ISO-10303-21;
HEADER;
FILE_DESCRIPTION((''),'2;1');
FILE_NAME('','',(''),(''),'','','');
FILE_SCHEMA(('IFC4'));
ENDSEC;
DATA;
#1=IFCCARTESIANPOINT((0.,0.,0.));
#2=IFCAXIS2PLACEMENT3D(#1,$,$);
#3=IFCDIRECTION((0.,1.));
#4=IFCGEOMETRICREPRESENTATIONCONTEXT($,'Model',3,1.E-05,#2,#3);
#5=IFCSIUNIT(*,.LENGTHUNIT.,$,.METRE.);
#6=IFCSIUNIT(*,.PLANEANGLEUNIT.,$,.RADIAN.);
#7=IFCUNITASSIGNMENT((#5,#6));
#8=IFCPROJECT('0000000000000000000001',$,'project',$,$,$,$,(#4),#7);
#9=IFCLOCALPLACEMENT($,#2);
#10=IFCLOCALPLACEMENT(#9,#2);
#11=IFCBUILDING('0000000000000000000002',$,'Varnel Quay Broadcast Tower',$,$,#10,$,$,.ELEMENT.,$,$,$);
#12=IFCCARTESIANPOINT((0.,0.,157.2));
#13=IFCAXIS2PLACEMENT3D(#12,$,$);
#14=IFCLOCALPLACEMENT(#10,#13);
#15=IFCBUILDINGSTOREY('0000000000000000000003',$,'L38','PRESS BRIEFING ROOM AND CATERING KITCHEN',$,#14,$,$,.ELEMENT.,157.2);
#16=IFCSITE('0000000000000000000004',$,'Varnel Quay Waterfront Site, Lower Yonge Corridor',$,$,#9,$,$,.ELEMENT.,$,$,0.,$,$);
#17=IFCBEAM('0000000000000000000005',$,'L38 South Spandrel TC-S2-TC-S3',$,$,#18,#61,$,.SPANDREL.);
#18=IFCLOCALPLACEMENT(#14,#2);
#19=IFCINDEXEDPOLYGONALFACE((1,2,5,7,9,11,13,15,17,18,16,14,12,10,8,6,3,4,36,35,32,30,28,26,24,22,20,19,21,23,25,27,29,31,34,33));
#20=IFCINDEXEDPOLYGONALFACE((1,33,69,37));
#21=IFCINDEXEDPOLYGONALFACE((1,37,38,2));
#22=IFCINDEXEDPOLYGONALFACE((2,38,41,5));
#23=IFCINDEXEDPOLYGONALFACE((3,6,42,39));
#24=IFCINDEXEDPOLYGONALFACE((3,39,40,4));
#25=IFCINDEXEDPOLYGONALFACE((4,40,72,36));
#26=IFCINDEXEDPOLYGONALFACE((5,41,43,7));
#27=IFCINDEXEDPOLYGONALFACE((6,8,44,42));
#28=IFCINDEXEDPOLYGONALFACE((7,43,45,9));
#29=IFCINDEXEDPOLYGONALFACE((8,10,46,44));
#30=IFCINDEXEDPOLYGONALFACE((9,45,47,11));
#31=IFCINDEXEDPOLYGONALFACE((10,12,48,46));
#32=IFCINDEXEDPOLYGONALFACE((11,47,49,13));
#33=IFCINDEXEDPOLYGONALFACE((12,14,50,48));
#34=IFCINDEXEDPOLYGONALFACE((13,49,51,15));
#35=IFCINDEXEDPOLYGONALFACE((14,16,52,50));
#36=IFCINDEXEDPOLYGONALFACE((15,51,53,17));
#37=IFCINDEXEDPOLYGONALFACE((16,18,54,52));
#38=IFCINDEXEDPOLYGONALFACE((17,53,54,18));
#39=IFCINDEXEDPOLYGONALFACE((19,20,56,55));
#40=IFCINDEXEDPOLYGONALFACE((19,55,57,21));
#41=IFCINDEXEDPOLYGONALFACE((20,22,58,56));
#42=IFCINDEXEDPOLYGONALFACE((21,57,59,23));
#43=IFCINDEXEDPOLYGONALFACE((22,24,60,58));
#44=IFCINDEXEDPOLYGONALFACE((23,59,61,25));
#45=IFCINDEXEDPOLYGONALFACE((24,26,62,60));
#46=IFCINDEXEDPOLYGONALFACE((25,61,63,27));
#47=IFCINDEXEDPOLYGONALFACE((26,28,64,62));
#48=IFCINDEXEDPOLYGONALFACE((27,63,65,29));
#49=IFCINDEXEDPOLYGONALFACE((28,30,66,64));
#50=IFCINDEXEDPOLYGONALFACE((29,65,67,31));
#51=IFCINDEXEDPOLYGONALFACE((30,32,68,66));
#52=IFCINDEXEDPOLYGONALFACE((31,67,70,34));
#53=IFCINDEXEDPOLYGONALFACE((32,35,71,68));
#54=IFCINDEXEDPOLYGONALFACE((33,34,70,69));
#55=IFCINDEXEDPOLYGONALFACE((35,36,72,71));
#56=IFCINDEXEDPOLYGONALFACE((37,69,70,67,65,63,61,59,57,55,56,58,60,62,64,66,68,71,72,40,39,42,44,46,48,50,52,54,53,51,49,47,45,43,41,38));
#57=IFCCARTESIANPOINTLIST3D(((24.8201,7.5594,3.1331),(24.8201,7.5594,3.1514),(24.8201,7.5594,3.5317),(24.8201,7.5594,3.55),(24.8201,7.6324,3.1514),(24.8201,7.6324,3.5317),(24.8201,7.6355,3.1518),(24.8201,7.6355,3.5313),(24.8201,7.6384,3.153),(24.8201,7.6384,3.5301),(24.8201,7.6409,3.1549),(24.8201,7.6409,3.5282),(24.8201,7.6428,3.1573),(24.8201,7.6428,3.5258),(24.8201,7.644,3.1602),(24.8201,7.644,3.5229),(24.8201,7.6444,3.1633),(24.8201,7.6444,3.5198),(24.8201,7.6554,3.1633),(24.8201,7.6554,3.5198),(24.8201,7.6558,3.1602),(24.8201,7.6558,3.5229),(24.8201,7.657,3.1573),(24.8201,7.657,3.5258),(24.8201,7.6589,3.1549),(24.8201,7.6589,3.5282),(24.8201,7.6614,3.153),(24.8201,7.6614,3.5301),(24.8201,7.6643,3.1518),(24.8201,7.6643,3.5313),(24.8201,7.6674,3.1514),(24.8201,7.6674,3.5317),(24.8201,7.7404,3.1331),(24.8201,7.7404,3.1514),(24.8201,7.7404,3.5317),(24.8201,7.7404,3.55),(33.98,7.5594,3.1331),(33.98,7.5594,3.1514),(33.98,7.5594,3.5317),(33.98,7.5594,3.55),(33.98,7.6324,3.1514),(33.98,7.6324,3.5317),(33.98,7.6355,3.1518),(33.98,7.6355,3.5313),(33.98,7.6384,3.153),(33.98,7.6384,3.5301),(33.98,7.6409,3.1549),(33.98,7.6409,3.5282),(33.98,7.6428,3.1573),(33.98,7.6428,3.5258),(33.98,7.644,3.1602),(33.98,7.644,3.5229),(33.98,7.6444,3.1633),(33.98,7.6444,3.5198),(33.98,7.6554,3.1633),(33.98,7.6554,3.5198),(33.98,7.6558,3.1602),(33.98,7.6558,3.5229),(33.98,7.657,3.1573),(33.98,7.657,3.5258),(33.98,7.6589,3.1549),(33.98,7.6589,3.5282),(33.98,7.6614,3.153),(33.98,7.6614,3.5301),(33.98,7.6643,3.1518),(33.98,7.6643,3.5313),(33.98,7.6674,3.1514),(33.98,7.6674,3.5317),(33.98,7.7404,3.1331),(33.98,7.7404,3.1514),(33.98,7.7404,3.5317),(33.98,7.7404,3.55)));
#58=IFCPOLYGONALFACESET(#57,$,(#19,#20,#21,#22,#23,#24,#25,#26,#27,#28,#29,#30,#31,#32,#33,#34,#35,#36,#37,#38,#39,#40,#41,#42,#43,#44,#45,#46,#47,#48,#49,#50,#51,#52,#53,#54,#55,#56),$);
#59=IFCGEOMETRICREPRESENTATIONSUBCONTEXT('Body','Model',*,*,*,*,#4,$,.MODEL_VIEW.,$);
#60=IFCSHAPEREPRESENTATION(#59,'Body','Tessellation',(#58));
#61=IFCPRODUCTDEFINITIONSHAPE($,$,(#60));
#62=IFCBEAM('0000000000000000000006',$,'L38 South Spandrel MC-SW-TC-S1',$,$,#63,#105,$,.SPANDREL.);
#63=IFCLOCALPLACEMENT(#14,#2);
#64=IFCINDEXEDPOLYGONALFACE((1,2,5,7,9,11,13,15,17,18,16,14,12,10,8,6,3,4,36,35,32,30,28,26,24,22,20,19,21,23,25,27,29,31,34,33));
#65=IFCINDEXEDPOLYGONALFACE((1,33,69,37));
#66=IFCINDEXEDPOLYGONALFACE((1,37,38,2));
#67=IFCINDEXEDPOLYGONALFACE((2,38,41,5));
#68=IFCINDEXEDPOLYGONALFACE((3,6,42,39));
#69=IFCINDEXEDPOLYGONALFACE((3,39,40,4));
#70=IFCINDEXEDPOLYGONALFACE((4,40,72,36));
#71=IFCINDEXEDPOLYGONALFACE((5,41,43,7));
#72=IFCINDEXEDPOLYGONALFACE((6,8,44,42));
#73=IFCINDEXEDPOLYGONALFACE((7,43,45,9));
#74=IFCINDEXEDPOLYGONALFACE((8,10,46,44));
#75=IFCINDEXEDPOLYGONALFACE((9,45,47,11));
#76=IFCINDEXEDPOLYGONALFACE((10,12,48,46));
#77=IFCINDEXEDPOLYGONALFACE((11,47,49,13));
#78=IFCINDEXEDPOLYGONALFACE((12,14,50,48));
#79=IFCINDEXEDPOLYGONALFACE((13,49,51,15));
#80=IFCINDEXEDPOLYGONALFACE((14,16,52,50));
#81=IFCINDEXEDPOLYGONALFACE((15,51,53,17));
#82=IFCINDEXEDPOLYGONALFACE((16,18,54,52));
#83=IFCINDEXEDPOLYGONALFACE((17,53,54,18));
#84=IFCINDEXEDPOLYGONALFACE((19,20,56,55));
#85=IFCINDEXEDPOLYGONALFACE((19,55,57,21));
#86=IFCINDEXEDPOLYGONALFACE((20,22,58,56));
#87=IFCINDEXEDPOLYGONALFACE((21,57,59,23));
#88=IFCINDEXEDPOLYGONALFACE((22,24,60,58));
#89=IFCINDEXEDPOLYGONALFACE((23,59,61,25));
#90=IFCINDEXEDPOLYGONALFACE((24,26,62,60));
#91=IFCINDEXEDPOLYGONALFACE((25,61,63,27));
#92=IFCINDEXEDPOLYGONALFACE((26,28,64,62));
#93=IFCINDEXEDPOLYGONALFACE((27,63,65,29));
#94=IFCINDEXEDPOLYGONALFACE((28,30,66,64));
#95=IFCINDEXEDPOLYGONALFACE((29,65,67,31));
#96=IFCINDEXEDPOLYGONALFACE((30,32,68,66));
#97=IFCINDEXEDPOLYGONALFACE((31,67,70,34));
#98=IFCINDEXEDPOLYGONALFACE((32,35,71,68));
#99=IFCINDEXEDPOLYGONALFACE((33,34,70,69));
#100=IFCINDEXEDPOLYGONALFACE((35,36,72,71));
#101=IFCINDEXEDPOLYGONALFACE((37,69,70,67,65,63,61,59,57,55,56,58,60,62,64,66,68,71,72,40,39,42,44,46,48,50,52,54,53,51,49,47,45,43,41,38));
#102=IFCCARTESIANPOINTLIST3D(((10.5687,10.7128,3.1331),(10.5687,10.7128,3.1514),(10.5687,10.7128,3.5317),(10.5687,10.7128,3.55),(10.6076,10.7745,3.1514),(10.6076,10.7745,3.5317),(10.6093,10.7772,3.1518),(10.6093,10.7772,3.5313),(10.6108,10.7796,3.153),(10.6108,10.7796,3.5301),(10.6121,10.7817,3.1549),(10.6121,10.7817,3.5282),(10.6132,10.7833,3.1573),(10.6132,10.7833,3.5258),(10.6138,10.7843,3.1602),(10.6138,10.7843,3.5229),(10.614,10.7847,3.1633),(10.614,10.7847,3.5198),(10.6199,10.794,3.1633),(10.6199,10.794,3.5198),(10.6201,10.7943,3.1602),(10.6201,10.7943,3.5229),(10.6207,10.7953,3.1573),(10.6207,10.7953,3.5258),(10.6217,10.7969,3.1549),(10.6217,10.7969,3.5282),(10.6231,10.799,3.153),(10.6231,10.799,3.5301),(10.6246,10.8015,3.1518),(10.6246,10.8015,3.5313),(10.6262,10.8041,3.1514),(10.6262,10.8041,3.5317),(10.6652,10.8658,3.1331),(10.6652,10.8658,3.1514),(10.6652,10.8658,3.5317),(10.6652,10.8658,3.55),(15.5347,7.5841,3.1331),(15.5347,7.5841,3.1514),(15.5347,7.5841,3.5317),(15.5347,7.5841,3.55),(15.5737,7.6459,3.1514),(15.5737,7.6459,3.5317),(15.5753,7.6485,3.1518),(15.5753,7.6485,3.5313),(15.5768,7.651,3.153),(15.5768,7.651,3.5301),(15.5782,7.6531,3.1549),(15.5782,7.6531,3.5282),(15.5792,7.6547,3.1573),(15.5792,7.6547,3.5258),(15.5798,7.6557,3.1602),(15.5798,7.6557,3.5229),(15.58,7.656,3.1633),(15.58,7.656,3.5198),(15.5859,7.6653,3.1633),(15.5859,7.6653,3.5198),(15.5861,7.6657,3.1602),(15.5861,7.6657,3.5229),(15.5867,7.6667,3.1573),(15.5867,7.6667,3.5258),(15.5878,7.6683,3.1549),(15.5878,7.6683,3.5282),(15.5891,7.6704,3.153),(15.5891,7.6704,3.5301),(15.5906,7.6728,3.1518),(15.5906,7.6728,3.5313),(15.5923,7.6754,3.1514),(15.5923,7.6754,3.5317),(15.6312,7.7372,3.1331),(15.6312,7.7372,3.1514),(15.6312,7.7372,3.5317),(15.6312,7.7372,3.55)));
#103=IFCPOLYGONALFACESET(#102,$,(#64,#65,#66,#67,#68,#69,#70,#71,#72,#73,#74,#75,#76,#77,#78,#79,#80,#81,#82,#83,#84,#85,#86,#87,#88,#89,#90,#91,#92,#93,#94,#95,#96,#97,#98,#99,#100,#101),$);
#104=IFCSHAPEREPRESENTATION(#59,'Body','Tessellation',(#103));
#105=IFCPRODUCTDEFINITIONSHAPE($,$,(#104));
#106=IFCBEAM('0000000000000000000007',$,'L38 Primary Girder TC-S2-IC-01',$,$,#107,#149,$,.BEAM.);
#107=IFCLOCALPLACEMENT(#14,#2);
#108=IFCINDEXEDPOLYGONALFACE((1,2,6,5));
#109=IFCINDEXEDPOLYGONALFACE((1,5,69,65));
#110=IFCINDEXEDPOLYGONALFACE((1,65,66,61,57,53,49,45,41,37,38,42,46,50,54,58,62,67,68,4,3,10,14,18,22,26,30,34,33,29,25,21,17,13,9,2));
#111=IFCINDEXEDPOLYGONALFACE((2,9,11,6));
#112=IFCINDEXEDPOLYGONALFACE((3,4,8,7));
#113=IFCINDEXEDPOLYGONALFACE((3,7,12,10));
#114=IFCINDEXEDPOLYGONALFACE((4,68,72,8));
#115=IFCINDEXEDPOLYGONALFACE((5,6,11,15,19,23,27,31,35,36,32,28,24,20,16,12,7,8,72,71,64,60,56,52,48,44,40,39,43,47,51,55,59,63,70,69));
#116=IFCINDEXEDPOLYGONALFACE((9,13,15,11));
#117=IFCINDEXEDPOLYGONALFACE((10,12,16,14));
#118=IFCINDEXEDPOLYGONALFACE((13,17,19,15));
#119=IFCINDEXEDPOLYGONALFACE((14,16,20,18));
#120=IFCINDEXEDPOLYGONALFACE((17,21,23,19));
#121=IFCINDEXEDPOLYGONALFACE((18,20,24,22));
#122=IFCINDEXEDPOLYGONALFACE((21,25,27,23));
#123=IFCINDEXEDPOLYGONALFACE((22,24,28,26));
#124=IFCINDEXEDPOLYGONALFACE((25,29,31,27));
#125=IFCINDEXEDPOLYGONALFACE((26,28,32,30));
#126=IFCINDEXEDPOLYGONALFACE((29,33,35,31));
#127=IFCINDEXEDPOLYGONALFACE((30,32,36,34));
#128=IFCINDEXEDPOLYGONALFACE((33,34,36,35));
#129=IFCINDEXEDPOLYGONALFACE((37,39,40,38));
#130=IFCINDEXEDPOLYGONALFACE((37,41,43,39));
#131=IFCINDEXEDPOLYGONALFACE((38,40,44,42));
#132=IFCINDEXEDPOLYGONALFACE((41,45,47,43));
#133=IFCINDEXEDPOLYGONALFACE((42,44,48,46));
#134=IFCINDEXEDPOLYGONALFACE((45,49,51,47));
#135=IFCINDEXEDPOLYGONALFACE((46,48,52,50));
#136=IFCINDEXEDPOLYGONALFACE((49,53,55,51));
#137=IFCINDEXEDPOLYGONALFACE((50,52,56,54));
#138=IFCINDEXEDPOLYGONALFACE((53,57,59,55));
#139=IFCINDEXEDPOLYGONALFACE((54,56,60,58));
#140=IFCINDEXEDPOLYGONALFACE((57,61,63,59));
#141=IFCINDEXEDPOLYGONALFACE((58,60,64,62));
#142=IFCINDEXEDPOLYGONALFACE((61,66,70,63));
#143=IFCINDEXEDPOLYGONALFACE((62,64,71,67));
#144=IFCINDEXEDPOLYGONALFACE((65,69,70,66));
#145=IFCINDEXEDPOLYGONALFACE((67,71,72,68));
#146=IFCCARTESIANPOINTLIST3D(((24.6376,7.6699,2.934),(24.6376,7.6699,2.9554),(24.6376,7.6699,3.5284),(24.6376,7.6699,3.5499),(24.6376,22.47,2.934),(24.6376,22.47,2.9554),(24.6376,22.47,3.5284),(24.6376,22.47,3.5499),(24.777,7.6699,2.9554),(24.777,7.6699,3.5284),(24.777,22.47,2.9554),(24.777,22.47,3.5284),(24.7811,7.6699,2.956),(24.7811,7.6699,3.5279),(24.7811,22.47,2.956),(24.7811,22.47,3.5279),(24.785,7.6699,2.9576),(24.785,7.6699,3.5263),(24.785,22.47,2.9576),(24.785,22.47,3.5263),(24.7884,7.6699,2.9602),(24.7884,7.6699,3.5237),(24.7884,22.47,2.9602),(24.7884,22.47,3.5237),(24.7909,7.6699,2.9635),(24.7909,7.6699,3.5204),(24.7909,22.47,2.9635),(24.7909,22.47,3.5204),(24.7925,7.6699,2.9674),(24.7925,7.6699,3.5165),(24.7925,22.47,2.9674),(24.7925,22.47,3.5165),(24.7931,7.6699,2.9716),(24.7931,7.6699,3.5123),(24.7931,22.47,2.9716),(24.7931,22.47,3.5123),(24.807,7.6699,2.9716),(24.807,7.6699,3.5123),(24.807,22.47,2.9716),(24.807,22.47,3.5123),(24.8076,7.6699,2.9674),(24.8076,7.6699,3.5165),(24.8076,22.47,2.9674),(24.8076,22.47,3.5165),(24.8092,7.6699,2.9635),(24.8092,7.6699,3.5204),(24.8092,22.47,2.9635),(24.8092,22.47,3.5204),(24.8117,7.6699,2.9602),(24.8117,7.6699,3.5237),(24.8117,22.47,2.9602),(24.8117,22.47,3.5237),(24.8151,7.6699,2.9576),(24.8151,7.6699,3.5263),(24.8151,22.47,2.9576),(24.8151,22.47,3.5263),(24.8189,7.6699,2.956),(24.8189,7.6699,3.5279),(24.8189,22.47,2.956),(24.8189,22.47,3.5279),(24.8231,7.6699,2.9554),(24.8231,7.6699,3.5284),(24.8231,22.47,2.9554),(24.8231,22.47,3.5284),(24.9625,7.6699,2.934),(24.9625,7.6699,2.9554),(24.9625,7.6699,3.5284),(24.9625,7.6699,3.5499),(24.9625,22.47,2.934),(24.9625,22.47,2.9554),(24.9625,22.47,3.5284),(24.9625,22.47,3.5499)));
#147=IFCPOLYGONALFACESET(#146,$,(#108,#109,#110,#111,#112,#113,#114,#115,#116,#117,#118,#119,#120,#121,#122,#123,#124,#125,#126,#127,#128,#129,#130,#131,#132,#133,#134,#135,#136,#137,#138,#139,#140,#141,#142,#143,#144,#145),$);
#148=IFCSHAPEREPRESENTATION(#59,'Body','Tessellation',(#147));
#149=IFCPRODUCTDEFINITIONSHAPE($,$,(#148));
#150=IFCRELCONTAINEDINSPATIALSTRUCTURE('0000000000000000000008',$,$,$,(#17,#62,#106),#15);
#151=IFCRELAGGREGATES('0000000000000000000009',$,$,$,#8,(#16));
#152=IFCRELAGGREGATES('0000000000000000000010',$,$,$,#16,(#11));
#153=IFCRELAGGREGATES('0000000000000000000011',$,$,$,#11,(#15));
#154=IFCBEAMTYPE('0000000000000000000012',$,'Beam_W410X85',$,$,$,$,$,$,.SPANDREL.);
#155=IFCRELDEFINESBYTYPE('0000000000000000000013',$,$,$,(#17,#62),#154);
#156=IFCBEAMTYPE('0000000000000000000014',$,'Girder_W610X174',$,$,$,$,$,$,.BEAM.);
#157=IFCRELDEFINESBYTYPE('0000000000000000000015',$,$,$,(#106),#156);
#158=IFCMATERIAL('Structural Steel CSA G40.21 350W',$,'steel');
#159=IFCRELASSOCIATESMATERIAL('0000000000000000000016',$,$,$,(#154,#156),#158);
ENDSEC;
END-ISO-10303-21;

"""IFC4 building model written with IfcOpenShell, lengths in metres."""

from ifc_helpers import new_model, si_unit, direction, frame, origin, origin_2d, place, context, subcontext, project, spatial, i_section, extrude, source, transform, mapped, material, material_profile, profile_set, type_object, type_shapes, element, save


model = new_model("IFC4")

# Units and contexts
model_context = context("Model", 3, precision=1e-05, world=origin(), true_north=direction((0.0, 1.0)))
body_context = subcontext(model_context, "Body", "Model", "MODEL_VIEW")
ifc_project = project(units=[si_unit("LENGTHUNIT", "METRE"), si_unit("PLANEANGLEUNIT", "RADIAN")], contexts=[model_context])

# Site, building, storey
site_placement = place(None, origin())
site = spatial("IfcSite", under=ifc_project, at=site_placement, Name="Varnel Quay Waterfront Site, Lower Yonge Corridor", CompositionType="ELEMENT", RefElevation=0.0)
building_placement = place(site_placement, origin())
building = spatial("IfcBuilding", under=site, at=building_placement, Name="Varnel Quay Broadcast Tower", CompositionType="ELEMENT")
storey_placement = place(building_placement, frame((0.0, 0.0, 157.2)))
storey = spatial("IfcBuildingStorey", under=building, at=storey_placement, Name="L38", Description="PRESS BRIEFING ROOM AND CATERING KITCHEN", CompositionType="ELEMENT", Elevation=157.2)

# Shared definitions
ifc_material_1 = material(Name="Structural Steel CSA G40.21 350W", Category="steel")

# Beams
ifc_material_profile_1 = material_profile(ifc_material_1, i_section(OverallWidth=0.1809, OverallDepth=0.417, WebThickness=0.011, FlangeThickness=0.0183, FilletRadius=0.012, at=origin_2d()), Name="W410X85")
ifc_profile_set_1 = profile_set([ifc_material_profile_1], Name="Structural Steel CSA G40.21 350W")
beam_type_1 = type_object("IfcBeamType", Name="Beam_W410X85", PredefinedType="SPANDREL", material=ifc_profile_set_1)
shared_shape_1 = source(origin(), body_context, "Body", "SweptSolid", [
    extrude(i_section(OverallWidth=0.1809, OverallDepth=0.417, WebThickness=0.011, FlangeThickness=0.0183, FilletRadius=0.012, at=origin_2d()), origin(), (0.0, 0.0, 1.0), 9.1599),
])
for number, where, z_axis, x_axis, name in (
    (1, (24.8201, 7.6499, 3.3416), (1.0, 0.0, 0.0), (0.0, 1.0, 0.0), "L38 South Spandrel TC-S2-TC-S3"),
):
    element("IfcBeam", number, at=place(storey_placement, frame(where, z_axis=z_axis, x_axis=x_axis)), inside=storey, type_object=beam_type_1, Name=name, PredefinedType="SPANDREL", context=body_context, shape_type="MappedRepresentation", body=[
        mapped(shared_shape_1, transform((0.0, 0.0, 0.0), x_axis=(1.0, 0.0, 0.0), y_axis=(0.0, 1.0, 0.0), z_axis=(0.0, 0.0, 1.0), scale=1.0)),
    ])
shared_shape_2 = source(origin(), body_context, "Body", "SweptSolid", [
    extrude(i_section(OverallWidth=0.1809, OverallDepth=0.417, WebThickness=0.011, FlangeThickness=0.0183, FilletRadius=0.012, at=origin_2d()), origin(), (0.0, 0.0, 1.0), 5.8694),
])
type_shapes(beam_type_1, [shared_shape_1, shared_shape_2])
beam_1_placement = place(storey_placement, frame((10.6169, 10.7893, 3.3416), z_axis=(0.846088, -0.533043, 0.0), x_axis=(0.533043, 0.846088, 0.0)))
element("IfcBeam", 2, at=beam_1_placement, inside=storey, type_object=beam_type_1, Name="L38 South Spandrel MC-SW-TC-S1", PredefinedType="SPANDREL", context=body_context, shape_type="MappedRepresentation", body=[
    mapped(shared_shape_2, transform((0.0, 0.0, 0.0), x_axis=(1.0, 0.0, 0.0), y_axis=(0.0, 1.0, 0.0), z_axis=(0.0, 0.0, 1.0), scale=1.0)),
])
ifc_material_profile_2 = material_profile(ifc_material_1, i_section(OverallWidth=0.325, OverallDepth=0.616, WebThickness=0.0139, FlangeThickness=0.0215, FilletRadius=0.0161, at=origin_2d()), Name="W610X174")
ifc_profile_set_2 = profile_set([ifc_material_profile_2], Name="Structural Steel CSA G40.21 350W")
beam_type_2 = type_object("IfcBeamType", Name="Girder_W610X174", PredefinedType="BEAM", material=ifc_profile_set_2)
shared_shape_3 = source(origin(), body_context, "Body", "SweptSolid", [
    extrude(i_section(OverallWidth=0.325, OverallDepth=0.616, WebThickness=0.0139, FlangeThickness=0.0215, FilletRadius=0.0161, at=origin_2d()), origin(), (0.0, 0.0, 1.0), 14.8),
])
type_shapes(beam_type_2, [shared_shape_3])
beam_2_placement = place(storey_placement, frame((24.8, 7.6699, 3.2419), z_axis=(0.0, 1.0, 0.0), x_axis=(-1.0, 0.0, 0.0)))
element("IfcBeam", 3, at=beam_2_placement, inside=storey, type_object=beam_type_2, Name="L38 Primary Girder TC-S2-IC-01", PredefinedType="BEAM", context=body_context, shape_type="MappedRepresentation", body=[
    mapped(shared_shape_3, transform((0.0, 0.0, 0.0), x_axis=(1.0, 0.0, 0.0), y_axis=(0.0, 1.0, 0.0), z_axis=(0.0, 0.0, 1.0), scale=1.0)),
])

save(model, "model.ifc")
